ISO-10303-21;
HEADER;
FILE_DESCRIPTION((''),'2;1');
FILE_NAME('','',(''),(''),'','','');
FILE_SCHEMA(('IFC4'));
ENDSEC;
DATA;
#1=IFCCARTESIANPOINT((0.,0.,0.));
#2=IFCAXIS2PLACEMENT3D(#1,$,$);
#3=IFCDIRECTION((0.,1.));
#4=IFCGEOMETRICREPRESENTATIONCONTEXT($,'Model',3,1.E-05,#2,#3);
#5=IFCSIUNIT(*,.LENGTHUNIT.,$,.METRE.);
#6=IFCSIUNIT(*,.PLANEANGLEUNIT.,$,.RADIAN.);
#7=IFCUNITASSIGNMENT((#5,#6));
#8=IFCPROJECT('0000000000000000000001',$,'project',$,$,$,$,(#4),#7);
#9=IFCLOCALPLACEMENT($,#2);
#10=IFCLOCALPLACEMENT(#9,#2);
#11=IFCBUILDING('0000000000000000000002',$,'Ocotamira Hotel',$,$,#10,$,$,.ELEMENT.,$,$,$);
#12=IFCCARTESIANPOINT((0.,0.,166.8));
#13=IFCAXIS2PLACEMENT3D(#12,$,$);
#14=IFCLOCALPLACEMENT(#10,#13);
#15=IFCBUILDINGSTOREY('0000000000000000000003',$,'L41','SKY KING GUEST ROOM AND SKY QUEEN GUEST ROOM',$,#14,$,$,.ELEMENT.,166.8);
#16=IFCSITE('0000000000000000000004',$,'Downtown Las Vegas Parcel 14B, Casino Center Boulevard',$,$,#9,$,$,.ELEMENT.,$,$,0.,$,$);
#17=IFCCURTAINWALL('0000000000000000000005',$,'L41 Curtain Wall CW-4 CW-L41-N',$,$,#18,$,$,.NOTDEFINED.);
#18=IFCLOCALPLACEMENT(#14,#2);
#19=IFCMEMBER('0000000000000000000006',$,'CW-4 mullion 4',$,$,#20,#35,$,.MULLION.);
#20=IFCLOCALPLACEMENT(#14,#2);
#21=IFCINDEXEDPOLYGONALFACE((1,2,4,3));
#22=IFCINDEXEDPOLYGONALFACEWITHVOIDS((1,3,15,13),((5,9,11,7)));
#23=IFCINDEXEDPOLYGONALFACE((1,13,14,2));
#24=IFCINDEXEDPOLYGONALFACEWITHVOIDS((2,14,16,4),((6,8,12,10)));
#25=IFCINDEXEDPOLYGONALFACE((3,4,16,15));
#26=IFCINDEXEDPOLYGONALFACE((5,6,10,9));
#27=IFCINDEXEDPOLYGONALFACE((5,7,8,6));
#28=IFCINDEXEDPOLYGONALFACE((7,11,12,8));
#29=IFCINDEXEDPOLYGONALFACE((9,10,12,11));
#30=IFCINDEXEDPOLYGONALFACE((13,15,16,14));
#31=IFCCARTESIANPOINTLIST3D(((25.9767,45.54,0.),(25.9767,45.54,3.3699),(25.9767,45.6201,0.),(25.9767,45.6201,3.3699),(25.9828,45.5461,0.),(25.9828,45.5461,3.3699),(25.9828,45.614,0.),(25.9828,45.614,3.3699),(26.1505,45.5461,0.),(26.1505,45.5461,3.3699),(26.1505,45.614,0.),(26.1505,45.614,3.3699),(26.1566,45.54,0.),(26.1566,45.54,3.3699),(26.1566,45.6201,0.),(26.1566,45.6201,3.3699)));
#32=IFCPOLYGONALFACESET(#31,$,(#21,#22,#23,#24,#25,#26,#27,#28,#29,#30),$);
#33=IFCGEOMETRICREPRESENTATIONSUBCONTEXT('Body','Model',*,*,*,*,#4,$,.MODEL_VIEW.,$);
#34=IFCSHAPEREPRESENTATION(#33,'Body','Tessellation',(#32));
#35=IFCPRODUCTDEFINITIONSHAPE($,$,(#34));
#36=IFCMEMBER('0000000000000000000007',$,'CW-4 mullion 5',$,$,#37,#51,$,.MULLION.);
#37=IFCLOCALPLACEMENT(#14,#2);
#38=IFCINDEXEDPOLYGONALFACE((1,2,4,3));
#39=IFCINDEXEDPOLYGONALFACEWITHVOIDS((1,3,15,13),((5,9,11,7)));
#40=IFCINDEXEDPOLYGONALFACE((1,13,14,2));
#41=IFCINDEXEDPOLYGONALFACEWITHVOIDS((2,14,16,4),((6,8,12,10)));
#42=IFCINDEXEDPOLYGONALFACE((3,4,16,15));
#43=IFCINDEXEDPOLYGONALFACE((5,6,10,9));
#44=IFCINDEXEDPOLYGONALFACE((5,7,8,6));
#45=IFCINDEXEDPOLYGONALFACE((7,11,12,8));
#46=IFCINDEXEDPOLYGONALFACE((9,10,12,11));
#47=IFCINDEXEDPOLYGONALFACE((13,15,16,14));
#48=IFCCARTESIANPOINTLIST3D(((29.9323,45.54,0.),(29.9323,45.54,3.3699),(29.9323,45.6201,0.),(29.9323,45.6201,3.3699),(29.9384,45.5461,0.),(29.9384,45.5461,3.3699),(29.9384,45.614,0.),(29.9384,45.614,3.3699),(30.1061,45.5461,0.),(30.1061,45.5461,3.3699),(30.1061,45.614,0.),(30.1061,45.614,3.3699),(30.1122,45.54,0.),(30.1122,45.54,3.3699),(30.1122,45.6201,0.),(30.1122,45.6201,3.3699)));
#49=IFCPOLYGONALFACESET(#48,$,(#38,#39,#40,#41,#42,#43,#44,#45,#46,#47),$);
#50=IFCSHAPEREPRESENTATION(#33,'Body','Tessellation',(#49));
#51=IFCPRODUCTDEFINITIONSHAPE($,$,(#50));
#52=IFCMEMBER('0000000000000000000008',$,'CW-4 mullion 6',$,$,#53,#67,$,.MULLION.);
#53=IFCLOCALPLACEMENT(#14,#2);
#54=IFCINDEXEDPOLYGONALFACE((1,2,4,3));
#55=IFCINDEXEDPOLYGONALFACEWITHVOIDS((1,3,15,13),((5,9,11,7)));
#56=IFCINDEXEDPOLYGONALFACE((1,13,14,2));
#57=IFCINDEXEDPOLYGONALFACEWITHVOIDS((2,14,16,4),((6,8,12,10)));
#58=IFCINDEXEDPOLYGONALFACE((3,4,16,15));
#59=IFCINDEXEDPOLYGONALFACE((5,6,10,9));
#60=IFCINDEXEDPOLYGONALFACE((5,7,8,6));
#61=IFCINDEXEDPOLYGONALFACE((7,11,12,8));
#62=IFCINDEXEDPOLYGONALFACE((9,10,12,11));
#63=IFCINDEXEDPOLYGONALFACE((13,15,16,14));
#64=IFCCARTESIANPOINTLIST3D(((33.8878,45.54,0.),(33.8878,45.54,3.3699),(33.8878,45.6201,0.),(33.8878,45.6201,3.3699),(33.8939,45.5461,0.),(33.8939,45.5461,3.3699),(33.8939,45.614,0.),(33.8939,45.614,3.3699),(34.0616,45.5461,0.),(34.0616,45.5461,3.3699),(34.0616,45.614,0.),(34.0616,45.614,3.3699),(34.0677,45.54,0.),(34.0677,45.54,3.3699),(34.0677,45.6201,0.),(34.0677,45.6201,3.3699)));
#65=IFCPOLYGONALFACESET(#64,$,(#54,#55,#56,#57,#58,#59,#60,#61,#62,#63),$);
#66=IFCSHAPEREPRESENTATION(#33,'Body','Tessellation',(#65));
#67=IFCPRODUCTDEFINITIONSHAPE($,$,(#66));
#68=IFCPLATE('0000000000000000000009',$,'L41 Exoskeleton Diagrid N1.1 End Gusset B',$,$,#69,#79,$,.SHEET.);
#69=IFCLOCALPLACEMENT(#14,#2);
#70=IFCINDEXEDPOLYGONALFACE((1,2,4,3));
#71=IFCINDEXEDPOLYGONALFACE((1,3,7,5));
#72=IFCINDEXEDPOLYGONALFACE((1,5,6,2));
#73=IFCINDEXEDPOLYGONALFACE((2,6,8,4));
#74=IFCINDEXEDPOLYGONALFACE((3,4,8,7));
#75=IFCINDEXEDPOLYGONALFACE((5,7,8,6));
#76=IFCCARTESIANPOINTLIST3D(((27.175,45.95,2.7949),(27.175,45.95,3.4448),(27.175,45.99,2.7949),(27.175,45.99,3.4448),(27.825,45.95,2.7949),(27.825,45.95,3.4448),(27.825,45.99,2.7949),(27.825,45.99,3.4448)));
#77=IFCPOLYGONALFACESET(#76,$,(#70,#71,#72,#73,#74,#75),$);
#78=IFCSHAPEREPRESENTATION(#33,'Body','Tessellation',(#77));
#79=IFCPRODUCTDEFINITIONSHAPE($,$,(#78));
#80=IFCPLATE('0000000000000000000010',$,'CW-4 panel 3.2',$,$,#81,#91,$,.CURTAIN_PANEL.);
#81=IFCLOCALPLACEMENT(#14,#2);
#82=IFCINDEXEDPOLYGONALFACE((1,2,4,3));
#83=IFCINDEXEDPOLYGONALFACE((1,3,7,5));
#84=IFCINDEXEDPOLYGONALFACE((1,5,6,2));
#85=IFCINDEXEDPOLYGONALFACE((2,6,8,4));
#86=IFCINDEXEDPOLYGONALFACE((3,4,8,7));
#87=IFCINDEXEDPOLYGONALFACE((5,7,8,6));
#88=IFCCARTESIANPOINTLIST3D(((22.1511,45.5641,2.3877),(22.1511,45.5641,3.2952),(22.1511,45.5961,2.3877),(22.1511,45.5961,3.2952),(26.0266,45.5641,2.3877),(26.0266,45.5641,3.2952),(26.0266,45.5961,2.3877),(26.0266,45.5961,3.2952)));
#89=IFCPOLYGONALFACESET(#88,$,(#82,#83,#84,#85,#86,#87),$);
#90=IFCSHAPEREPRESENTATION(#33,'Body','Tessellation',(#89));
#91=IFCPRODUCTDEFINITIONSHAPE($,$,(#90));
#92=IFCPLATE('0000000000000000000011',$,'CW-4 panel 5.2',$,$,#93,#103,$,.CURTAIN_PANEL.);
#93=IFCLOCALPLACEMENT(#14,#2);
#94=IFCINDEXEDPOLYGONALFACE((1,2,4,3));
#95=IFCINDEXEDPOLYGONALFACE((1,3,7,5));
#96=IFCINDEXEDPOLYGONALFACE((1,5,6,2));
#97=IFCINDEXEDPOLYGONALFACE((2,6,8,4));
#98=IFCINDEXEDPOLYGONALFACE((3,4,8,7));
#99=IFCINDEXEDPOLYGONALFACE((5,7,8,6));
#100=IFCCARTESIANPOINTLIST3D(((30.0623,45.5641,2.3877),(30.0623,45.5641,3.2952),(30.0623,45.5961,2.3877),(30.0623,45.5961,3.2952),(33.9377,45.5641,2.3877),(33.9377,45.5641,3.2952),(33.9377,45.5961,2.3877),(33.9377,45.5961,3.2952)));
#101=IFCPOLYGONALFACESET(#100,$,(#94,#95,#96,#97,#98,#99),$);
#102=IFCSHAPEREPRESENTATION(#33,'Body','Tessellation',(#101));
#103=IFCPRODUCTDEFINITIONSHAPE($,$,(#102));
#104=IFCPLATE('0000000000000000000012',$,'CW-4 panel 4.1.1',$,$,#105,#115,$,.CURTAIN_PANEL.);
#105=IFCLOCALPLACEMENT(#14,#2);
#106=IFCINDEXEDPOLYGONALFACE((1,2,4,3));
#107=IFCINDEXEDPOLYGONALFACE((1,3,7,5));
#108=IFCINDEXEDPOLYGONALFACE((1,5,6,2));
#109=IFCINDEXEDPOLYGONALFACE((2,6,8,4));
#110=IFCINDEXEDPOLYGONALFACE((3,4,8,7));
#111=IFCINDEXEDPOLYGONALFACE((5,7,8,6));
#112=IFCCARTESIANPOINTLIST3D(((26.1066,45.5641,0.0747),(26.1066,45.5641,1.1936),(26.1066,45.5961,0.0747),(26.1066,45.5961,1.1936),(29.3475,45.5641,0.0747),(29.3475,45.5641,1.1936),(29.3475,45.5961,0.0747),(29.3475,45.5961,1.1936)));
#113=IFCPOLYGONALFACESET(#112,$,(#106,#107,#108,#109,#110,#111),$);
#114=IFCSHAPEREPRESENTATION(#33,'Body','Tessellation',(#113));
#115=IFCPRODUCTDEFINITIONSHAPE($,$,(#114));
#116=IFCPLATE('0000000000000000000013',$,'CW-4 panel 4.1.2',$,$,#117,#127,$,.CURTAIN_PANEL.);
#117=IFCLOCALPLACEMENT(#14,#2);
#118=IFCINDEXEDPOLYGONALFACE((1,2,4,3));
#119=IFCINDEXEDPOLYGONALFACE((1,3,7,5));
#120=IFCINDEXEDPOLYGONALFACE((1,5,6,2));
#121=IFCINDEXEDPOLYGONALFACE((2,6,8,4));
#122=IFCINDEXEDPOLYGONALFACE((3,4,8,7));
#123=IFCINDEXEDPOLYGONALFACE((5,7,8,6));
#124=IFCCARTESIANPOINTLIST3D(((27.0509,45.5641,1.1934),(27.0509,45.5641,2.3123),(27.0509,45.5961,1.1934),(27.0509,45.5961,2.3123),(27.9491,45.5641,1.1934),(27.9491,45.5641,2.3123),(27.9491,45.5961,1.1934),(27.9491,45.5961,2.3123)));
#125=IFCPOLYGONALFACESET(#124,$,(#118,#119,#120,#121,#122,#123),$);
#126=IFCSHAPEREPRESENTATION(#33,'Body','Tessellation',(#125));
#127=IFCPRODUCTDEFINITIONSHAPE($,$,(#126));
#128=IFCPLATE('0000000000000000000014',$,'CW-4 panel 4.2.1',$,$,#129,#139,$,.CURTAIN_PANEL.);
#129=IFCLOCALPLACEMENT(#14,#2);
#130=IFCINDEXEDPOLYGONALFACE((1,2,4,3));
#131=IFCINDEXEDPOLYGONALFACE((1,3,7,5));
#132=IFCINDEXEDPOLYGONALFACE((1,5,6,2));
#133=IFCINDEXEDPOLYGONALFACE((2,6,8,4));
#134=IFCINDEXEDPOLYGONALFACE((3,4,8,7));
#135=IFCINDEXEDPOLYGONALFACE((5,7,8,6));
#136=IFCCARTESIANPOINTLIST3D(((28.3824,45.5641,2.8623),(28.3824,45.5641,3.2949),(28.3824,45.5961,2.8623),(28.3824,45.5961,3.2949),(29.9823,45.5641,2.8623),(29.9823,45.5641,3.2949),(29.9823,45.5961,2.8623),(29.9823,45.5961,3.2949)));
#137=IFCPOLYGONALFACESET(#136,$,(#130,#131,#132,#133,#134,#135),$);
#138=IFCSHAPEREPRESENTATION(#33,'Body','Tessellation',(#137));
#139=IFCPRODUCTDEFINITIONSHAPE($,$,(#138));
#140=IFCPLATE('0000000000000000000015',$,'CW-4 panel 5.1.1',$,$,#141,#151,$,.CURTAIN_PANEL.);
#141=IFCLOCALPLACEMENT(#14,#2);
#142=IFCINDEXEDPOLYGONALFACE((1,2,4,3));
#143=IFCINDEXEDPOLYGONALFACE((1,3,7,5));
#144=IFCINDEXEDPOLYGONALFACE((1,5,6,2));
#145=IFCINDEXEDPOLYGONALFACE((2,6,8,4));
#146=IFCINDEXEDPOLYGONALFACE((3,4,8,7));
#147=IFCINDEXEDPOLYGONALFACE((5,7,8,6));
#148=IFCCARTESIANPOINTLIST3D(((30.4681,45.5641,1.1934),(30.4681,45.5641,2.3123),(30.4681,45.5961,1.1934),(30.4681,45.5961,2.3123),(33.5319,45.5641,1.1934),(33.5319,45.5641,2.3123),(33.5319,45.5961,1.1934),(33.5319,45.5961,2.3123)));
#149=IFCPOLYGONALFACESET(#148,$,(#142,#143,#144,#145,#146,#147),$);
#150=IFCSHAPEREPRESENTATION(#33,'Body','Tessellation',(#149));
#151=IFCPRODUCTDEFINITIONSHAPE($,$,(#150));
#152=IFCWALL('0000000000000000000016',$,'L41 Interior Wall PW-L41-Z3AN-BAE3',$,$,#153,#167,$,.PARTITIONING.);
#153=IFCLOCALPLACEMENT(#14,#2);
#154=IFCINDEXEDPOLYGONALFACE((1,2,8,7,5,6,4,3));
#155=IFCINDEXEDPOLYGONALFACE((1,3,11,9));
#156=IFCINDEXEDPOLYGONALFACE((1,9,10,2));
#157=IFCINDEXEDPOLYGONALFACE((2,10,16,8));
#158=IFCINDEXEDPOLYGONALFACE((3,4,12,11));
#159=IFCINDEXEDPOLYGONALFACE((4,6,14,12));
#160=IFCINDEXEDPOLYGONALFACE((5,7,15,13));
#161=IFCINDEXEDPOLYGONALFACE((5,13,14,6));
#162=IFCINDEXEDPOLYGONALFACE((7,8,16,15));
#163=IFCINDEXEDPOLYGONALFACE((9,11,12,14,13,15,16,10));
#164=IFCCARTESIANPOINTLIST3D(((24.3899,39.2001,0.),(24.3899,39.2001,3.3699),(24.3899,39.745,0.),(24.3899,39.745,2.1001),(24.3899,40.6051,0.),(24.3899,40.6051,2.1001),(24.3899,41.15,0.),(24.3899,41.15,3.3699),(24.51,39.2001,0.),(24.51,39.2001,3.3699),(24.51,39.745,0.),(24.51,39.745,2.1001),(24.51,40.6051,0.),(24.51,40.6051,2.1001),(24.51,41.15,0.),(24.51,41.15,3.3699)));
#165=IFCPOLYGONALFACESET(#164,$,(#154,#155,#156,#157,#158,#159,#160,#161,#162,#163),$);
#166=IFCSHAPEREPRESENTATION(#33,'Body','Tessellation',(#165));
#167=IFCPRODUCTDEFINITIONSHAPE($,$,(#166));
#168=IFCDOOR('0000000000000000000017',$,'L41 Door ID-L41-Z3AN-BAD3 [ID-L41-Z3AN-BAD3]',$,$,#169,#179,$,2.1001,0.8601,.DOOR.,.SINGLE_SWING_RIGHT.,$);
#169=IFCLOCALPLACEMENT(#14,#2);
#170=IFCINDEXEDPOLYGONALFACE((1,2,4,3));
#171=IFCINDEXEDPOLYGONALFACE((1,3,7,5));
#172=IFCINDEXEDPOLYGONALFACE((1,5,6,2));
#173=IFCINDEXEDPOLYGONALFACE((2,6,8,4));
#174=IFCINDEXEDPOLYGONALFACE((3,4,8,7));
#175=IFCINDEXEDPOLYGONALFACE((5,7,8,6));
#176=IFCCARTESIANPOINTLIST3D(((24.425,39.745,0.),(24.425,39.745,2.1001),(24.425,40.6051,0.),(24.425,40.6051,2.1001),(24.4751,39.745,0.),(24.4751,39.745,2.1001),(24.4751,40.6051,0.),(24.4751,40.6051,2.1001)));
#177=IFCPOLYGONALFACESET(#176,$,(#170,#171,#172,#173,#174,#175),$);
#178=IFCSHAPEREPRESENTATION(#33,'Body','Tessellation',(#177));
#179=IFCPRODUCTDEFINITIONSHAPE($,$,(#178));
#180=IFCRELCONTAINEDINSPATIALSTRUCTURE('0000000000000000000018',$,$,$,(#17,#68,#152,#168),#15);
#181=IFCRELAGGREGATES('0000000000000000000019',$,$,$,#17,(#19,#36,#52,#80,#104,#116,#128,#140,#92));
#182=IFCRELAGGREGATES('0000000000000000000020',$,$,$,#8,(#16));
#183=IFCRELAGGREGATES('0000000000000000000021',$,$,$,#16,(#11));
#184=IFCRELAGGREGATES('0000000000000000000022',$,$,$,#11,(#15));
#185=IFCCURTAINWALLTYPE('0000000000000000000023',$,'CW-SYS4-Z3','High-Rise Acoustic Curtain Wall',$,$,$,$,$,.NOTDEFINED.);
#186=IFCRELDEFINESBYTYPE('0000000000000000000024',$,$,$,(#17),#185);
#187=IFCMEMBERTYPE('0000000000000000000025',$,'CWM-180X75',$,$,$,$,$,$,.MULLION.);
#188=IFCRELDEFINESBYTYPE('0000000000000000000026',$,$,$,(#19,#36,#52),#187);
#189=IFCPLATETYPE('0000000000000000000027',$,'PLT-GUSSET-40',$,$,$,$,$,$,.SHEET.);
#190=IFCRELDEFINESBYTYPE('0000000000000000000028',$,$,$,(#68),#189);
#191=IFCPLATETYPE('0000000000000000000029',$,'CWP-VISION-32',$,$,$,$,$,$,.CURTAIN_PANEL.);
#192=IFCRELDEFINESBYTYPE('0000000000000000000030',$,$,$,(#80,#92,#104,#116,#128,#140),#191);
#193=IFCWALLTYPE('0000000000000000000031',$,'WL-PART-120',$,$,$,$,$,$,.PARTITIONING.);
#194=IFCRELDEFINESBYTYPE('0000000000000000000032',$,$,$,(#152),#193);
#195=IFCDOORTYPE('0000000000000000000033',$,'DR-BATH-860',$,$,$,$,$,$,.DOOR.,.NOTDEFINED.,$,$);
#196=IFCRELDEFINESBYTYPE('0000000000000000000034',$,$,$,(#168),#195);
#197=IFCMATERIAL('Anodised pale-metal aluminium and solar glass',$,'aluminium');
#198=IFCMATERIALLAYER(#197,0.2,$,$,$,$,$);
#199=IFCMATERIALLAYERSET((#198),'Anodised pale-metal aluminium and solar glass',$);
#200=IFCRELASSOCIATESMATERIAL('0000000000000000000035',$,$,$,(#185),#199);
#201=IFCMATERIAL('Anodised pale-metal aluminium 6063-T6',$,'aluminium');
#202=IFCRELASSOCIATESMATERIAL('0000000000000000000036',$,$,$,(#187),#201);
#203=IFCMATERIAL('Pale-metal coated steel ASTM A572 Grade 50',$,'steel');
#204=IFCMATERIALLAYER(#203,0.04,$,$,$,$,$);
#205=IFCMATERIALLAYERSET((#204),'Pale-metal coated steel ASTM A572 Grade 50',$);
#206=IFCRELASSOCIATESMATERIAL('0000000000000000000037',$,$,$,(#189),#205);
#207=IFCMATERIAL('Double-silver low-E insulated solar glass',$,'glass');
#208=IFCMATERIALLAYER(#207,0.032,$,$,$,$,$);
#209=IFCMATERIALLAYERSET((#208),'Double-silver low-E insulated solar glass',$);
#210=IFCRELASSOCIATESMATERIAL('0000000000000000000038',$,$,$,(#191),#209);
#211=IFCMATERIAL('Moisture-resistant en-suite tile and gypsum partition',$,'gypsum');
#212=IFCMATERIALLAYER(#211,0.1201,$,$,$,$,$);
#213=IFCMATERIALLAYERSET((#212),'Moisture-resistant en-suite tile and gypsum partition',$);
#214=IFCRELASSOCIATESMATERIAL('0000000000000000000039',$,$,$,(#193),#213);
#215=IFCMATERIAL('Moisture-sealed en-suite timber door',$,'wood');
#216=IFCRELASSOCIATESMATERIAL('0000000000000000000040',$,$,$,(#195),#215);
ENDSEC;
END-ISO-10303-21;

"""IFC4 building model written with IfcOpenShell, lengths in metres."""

from ifc_helpers import new_model, si_unit, direction, frame, frame_2d, origin, origin_2d, place, context, subcontext, project, spatial, rectangle, hollow_rectangle, extrude, source, transform, mapped, material, layer, layer_set, material_profile, profile_set, type_object, element, fill, aggregate, save


model = new_model("IFC4")

# Units and contexts
model_context = context("Model", 3, precision=1e-05, world=origin(), true_north=direction((0.0, 1.0)))
body_context = subcontext(model_context, "Body", "Model", "MODEL_VIEW")
ifc_project = project(units=[si_unit("LENGTHUNIT", "METRE"), si_unit("PLANEANGLEUNIT", "RADIAN")], contexts=[model_context])

# Site, building, storey
site_placement = place(None, origin())
site = spatial("IfcSite", under=ifc_project, at=site_placement, Name="Downtown Las Vegas Parcel 14B, Casino Center Boulevard", CompositionType="ELEMENT", RefElevation=0.0)
building_placement = place(site_placement, origin())
building = spatial("IfcBuilding", under=site, at=building_placement, Name="Ocotamira Hotel", CompositionType="ELEMENT")
storey_placement = place(building_placement, frame((0.0, 0.0, 166.8)))
storey = spatial("IfcBuildingStorey", under=building, at=storey_placement, Name="L41", Description="SKY KING GUEST ROOM AND SKY QUEEN GUEST ROOM", CompositionType="ELEMENT", Elevation=166.8)

# Curtain wall, members
ifc_material_1 = material(Name="Anodised pale-metal aluminium and solar glass", Category="aluminium")
ifc_layer_1 = layer(ifc_material_1, 0.2)
ifc_layer_set_1 = layer_set([ifc_layer_1], Name="Anodised pale-metal aluminium and solar glass")
curtain_wall_type = type_object("IfcCurtainWallType", Name="CW-SYS4-Z3", Description="High-Rise Acoustic Curtain Wall", PredefinedType="NOTDEFINED", material=ifc_layer_set_1)
curtain_wall_placement = place(storey_placement, origin())
curtain_wall = element("IfcCurtainWall", 1, at=curtain_wall_placement, inside=storey, type_object=curtain_wall_type, Name="L41 Curtain Wall CW-4 CW-L41-N", PredefinedType="NOTDEFINED")
ifc_material_2 = material(Name="Anodised pale-metal aluminium 6063-T6", Category="aluminium")
ifc_material_profile_1 = material_profile(ifc_material_2, hollow_rectangle(XDim=0.0801, YDim=0.1799, WallThickness=0.0061, at=origin_2d()), Name="HSS180X80X6")
ifc_profile_set_1 = profile_set([ifc_material_profile_1], Name="Anodised pale-metal aluminium 6063-T6")
member_type_1 = type_object("IfcMemberType", Name="CWM-180X75", PredefinedType="MULLION", material=ifc_profile_set_1)
shared_shape_1 = source(origin(), body_context, "Body", "SweptSolid", [
    extrude(hollow_rectangle(XDim=0.0801, YDim=0.1799, WallThickness=0.0061, at=origin_2d()), origin(), (0.0, 0.0, 1.0), 3.3699),
])
member_1_placement = place(storey_placement, frame((26.0667, 45.5801, 0.0), z_axis=(0.0, 0.0, 1.0), x_axis=(0.0, 1.0, 0.0)))
member_1 = element("IfcMember", 2, at=member_1_placement, type_object=member_type_1, Name="CW-4 mullion 4", PredefinedType="MULLION", context=body_context, shape_type="MappedRepresentation", body=[
    mapped(shared_shape_1, transform((0.0, 0.0, 0.0), scale=1.0)),
])
member_2_placement = place(storey_placement, frame((30.0222, 45.5801, 0.0), z_axis=(0.0, 0.0, 1.0), x_axis=(0.0, 1.0, 0.0)))
member_2 = element("IfcMember", 3, at=member_2_placement, type_object=member_type_1, Name="CW-4 mullion 5", PredefinedType="MULLION", context=body_context, shape_type="MappedRepresentation", body=[
    mapped(shared_shape_1, transform((0.0, 0.0, 0.0), scale=1.0)),
])
member_3_placement = place(storey_placement, frame((33.9778, 45.5801, 0.0), z_axis=(0.0, 0.0, 1.0), x_axis=(0.0, 1.0, 0.0)))
member_3 = element("IfcMember", 4, at=member_3_placement, type_object=member_type_1, Name="CW-4 mullion 6", PredefinedType="MULLION", context=body_context, shape_type="MappedRepresentation", body=[
    mapped(shared_shape_1, transform((0.0, 0.0, 0.0), scale=1.0)),
])

# Plates
ifc_material_3 = material(Name="Pale-metal coated steel ASTM A572 Grade 50", Category="steel")
ifc_layer_2 = layer(ifc_material_3, 0.04)
ifc_layer_set_2 = layer_set([ifc_layer_2], Name="Pale-metal coated steel ASTM A572 Grade 50")
plate_type_1 = type_object("IfcPlateType", Name="PLT-GUSSET-40", PredefinedType="SHEET", material=ifc_layer_set_2)
shared_shape_2 = source(origin(), body_context, "Body", "SweptSolid", [
    extrude(rectangle(XDim=0.6499, YDim=0.04, at=origin_2d()), origin(), (0.0, 0.0, 1.0), 0.6499),
])
plate_1_placement = place(storey_placement, frame((27.5, 45.97, 2.7949), z_axis=(0.0, 0.0, 1.0), x_axis=(1.0, 0.0, 0.0)))
element("IfcPlate", 5, at=plate_1_placement, inside=storey, type_object=plate_type_1, Name="L41 Exoskeleton Diagrid N1.1 End Gusset B", PredefinedType="SHEET", context=body_context, shape_type="MappedRepresentation", body=[
    mapped(shared_shape_2, transform((0.0, 0.0, 0.0), scale=1.0)),
])
ifc_material_4 = material(Name="Double-silver low-E insulated solar glass", Category="glass")
ifc_layer_3 = layer(ifc_material_4, 0.032)
ifc_layer_set_3 = layer_set([ifc_layer_3], Name="Double-silver low-E insulated solar glass")
plate_type_2 = type_object("IfcPlateType", Name="CWP-VISION-32", PredefinedType="CURTAIN_PANEL", material=ifc_layer_set_3)
shared_shape_3 = source(origin(), body_context, "Body", "SweptSolid", [
    extrude(rectangle(XDim=3.8755, YDim=0.032, at=origin_2d()), origin(), (0.0, 0.0, 1.0), 0.9075),
])
plate_2_placement = place(storey_placement, frame((24.0889, 45.5801, 2.3877), z_axis=(0.0, 0.0, 1.0), x_axis=(1.0, 0.0, 0.0)))
plate_2 = element("IfcPlate", 6, at=plate_2_placement, type_object=plate_type_2, Name="CW-4 panel 3.2", PredefinedType="CURTAIN_PANEL", context=body_context, shape_type="MappedRepresentation", body=[
    mapped(shared_shape_3, transform((0.0, 0.0, 0.0), scale=1.0)),
])
plate_3_placement = place(storey_placement, frame((32.0, 45.5801, 2.3877), z_axis=(0.0, 0.0, 1.0), x_axis=(1.0, 0.0, 0.0)))
plate_3 = element("IfcPlate", 7, at=plate_3_placement, type_object=plate_type_2, Name="CW-4 panel 5.2", PredefinedType="CURTAIN_PANEL", context=body_context, shape_type="MappedRepresentation", body=[
    mapped(shared_shape_3, transform((0.0, 0.0, 0.0), scale=1.0)),
])
shared_shape_4 = source(origin(), body_context, "Body", "SweptSolid", [
    extrude(rectangle(XDim=3.241, YDim=0.032, at=origin_2d()), origin(), (0.0, 0.0, 1.0), 1.1189),
])
plate_4_placement = place(storey_placement, frame((27.7271, 45.5801, 0.0747), z_axis=(0.0, 0.0, 1.0), x_axis=(1.0, 0.0, 0.0)))
plate_4 = element("IfcPlate", 8, at=plate_4_placement, type_object=plate_type_2, Name="CW-4 panel 4.1.1", PredefinedType="CURTAIN_PANEL", context=body_context, shape_type="MappedRepresentation", body=[
    mapped(shared_shape_4, transform((0.0, 0.0, 0.0), scale=1.0)),
])
shared_shape_5 = source(origin(), body_context, "Body", "SweptSolid", [
    extrude(rectangle(XDim=0.8982, YDim=0.032, at=origin_2d()), origin(), (0.0, 0.0, 1.0), 1.1189),
])
plate_5_placement = place(storey_placement, frame((27.5, 45.5801, 1.1934), z_axis=(0.0, 0.0, 1.0), x_axis=(1.0, 0.0, 0.0)))
plate_5 = element("IfcPlate", 9, at=plate_5_placement, type_object=plate_type_2, Name="CW-4 panel 4.1.2", PredefinedType="CURTAIN_PANEL", context=body_context, shape_type="MappedRepresentation", body=[
    mapped(shared_shape_5, transform((0.0, 0.0, 0.0), scale=1.0)),
])
shared_shape_6 = source(origin(), body_context, "Body", "SweptSolid", [
    extrude(rectangle(XDim=1.5999, YDim=0.032, at=origin_2d()), origin(), (0.0, 0.0, 1.0), 0.4326),
])
plate_6_placement = place(storey_placement, frame((29.1824, 45.5801, 2.8623), z_axis=(0.0, 0.0, 1.0), x_axis=(1.0, 0.0, 0.0)))
plate_6 = element("IfcPlate", 10, at=plate_6_placement, type_object=plate_type_2, Name="CW-4 panel 4.2.1", PredefinedType="CURTAIN_PANEL", context=body_context, shape_type="MappedRepresentation", body=[
    mapped(shared_shape_6, transform((0.0, 0.0, 0.0), scale=1.0)),
])
shared_shape_7 = source(origin(), body_context, "Body", "SweptSolid", [
    extrude(rectangle(XDim=3.0637, YDim=0.032, at=origin_2d()), origin(), (0.0, 0.0, 1.0), 1.1189),
])
plate_7_placement = place(storey_placement, frame((32.0, 45.5801, 1.1934), z_axis=(0.0, 0.0, 1.0), x_axis=(1.0, 0.0, 0.0)))
plate_7 = element("IfcPlate", 11, at=plate_7_placement, type_object=plate_type_2, Name="CW-4 panel 5.1.1", PredefinedType="CURTAIN_PANEL", context=body_context, shape_type="MappedRepresentation", body=[
    mapped(shared_shape_7, transform((0.0, 0.0, 0.0), scale=1.0)),
])
aggregate(curtain_wall, [member_1, member_2, member_3, plate_2, plate_4, plate_5, plate_6, plate_7, plate_3])

# Wall, opening, door
ifc_material_5 = material(Name="Moisture-resistant en-suite tile and gypsum partition", Category="gypsum")
ifc_layer_4 = layer(ifc_material_5, 0.1201)
ifc_layer_set_4 = layer_set([ifc_layer_4], Name="Moisture-resistant en-suite tile and gypsum partition")
wall_type_1 = type_object("IfcWallType", Name="WL-PART-120", PredefinedType="PARTITIONING", material=ifc_layer_set_4)
wall_1_placement = place(storey_placement, frame((24.45, 39.2, 0.0), z_axis=(0.0, 0.0, 1.0), x_axis=(0.0, 1.0, 0.0)))
wall_1 = element("IfcWall", 12, at=wall_1_placement, inside=storey, type_object=wall_type_1, Name="L41 Interior Wall PW-L41-Z3AN-BAE3", PredefinedType="PARTITIONING", context=body_context, shape_type="SweptSolid", body=[
    extrude(rectangle(XDim=1.95, YDim=0.1201, at=frame_2d((0.9751, 0.0))), origin(), (0.0, 0.0, 1.0), 3.3699),
])
opening_1_placement = place(wall_1_placement, frame((0.5449, 0.0, 0.0)))
opening_1 = element("IfcOpeningElement", 13, at=opening_1_placement, cuts=wall_1, PredefinedType="OPENING", context=body_context, shape_type="SweptSolid", body=[
    extrude(rectangle(XDim=0.8601, YDim=2.1001, at=frame_2d((0.4302, 1.05))), frame((0.0, 0.0701, 0.0), z_axis=(0.0, -1.0, 0.0), x_axis=(1.0, 0.0, 0.0)), (0.0, 0.0, 1.0), 0.1401),
])
ifc_material_6 = material(Name="Moisture-sealed en-suite timber door", Category="wood")
door_type_1 = type_object("IfcDoorType", Name="DR-BATH-860", OperationType="NOTDEFINED", PredefinedType="DOOR", material=ifc_material_6)
shared_shape_8 = source(origin(), body_context, "Body", "SweptSolid", [
    extrude(rectangle(XDim=0.8601, YDim=2.1001, at=frame_2d((0.4302, 1.05))), frame((0.0, 0.0249, 0.0), z_axis=(0.0, -1.0, 0.0), x_axis=(1.0, 0.0, 0.0)), (0.0, 0.0, 1.0), 0.05),
])
door_1_placement = place(opening_1_placement, origin())
door_1 = element("IfcDoor", 14, at=door_1_placement, inside=storey, type_object=door_type_1, Name="L41 Door ID-L41-Z3AN-BAD3 [ID-L41-Z3AN-BAD3]", OperationType="SINGLE_SWING_RIGHT", OverallHeight=2.1001, OverallWidth=0.8601, PredefinedType="DOOR", context=body_context, shape_type="MappedRepresentation", body=[
    mapped(shared_shape_8, transform((0.0, 0.0, 0.0), scale=1.0)),
])
fill(opening_1, door_1)

save(model, "model.ifc")
